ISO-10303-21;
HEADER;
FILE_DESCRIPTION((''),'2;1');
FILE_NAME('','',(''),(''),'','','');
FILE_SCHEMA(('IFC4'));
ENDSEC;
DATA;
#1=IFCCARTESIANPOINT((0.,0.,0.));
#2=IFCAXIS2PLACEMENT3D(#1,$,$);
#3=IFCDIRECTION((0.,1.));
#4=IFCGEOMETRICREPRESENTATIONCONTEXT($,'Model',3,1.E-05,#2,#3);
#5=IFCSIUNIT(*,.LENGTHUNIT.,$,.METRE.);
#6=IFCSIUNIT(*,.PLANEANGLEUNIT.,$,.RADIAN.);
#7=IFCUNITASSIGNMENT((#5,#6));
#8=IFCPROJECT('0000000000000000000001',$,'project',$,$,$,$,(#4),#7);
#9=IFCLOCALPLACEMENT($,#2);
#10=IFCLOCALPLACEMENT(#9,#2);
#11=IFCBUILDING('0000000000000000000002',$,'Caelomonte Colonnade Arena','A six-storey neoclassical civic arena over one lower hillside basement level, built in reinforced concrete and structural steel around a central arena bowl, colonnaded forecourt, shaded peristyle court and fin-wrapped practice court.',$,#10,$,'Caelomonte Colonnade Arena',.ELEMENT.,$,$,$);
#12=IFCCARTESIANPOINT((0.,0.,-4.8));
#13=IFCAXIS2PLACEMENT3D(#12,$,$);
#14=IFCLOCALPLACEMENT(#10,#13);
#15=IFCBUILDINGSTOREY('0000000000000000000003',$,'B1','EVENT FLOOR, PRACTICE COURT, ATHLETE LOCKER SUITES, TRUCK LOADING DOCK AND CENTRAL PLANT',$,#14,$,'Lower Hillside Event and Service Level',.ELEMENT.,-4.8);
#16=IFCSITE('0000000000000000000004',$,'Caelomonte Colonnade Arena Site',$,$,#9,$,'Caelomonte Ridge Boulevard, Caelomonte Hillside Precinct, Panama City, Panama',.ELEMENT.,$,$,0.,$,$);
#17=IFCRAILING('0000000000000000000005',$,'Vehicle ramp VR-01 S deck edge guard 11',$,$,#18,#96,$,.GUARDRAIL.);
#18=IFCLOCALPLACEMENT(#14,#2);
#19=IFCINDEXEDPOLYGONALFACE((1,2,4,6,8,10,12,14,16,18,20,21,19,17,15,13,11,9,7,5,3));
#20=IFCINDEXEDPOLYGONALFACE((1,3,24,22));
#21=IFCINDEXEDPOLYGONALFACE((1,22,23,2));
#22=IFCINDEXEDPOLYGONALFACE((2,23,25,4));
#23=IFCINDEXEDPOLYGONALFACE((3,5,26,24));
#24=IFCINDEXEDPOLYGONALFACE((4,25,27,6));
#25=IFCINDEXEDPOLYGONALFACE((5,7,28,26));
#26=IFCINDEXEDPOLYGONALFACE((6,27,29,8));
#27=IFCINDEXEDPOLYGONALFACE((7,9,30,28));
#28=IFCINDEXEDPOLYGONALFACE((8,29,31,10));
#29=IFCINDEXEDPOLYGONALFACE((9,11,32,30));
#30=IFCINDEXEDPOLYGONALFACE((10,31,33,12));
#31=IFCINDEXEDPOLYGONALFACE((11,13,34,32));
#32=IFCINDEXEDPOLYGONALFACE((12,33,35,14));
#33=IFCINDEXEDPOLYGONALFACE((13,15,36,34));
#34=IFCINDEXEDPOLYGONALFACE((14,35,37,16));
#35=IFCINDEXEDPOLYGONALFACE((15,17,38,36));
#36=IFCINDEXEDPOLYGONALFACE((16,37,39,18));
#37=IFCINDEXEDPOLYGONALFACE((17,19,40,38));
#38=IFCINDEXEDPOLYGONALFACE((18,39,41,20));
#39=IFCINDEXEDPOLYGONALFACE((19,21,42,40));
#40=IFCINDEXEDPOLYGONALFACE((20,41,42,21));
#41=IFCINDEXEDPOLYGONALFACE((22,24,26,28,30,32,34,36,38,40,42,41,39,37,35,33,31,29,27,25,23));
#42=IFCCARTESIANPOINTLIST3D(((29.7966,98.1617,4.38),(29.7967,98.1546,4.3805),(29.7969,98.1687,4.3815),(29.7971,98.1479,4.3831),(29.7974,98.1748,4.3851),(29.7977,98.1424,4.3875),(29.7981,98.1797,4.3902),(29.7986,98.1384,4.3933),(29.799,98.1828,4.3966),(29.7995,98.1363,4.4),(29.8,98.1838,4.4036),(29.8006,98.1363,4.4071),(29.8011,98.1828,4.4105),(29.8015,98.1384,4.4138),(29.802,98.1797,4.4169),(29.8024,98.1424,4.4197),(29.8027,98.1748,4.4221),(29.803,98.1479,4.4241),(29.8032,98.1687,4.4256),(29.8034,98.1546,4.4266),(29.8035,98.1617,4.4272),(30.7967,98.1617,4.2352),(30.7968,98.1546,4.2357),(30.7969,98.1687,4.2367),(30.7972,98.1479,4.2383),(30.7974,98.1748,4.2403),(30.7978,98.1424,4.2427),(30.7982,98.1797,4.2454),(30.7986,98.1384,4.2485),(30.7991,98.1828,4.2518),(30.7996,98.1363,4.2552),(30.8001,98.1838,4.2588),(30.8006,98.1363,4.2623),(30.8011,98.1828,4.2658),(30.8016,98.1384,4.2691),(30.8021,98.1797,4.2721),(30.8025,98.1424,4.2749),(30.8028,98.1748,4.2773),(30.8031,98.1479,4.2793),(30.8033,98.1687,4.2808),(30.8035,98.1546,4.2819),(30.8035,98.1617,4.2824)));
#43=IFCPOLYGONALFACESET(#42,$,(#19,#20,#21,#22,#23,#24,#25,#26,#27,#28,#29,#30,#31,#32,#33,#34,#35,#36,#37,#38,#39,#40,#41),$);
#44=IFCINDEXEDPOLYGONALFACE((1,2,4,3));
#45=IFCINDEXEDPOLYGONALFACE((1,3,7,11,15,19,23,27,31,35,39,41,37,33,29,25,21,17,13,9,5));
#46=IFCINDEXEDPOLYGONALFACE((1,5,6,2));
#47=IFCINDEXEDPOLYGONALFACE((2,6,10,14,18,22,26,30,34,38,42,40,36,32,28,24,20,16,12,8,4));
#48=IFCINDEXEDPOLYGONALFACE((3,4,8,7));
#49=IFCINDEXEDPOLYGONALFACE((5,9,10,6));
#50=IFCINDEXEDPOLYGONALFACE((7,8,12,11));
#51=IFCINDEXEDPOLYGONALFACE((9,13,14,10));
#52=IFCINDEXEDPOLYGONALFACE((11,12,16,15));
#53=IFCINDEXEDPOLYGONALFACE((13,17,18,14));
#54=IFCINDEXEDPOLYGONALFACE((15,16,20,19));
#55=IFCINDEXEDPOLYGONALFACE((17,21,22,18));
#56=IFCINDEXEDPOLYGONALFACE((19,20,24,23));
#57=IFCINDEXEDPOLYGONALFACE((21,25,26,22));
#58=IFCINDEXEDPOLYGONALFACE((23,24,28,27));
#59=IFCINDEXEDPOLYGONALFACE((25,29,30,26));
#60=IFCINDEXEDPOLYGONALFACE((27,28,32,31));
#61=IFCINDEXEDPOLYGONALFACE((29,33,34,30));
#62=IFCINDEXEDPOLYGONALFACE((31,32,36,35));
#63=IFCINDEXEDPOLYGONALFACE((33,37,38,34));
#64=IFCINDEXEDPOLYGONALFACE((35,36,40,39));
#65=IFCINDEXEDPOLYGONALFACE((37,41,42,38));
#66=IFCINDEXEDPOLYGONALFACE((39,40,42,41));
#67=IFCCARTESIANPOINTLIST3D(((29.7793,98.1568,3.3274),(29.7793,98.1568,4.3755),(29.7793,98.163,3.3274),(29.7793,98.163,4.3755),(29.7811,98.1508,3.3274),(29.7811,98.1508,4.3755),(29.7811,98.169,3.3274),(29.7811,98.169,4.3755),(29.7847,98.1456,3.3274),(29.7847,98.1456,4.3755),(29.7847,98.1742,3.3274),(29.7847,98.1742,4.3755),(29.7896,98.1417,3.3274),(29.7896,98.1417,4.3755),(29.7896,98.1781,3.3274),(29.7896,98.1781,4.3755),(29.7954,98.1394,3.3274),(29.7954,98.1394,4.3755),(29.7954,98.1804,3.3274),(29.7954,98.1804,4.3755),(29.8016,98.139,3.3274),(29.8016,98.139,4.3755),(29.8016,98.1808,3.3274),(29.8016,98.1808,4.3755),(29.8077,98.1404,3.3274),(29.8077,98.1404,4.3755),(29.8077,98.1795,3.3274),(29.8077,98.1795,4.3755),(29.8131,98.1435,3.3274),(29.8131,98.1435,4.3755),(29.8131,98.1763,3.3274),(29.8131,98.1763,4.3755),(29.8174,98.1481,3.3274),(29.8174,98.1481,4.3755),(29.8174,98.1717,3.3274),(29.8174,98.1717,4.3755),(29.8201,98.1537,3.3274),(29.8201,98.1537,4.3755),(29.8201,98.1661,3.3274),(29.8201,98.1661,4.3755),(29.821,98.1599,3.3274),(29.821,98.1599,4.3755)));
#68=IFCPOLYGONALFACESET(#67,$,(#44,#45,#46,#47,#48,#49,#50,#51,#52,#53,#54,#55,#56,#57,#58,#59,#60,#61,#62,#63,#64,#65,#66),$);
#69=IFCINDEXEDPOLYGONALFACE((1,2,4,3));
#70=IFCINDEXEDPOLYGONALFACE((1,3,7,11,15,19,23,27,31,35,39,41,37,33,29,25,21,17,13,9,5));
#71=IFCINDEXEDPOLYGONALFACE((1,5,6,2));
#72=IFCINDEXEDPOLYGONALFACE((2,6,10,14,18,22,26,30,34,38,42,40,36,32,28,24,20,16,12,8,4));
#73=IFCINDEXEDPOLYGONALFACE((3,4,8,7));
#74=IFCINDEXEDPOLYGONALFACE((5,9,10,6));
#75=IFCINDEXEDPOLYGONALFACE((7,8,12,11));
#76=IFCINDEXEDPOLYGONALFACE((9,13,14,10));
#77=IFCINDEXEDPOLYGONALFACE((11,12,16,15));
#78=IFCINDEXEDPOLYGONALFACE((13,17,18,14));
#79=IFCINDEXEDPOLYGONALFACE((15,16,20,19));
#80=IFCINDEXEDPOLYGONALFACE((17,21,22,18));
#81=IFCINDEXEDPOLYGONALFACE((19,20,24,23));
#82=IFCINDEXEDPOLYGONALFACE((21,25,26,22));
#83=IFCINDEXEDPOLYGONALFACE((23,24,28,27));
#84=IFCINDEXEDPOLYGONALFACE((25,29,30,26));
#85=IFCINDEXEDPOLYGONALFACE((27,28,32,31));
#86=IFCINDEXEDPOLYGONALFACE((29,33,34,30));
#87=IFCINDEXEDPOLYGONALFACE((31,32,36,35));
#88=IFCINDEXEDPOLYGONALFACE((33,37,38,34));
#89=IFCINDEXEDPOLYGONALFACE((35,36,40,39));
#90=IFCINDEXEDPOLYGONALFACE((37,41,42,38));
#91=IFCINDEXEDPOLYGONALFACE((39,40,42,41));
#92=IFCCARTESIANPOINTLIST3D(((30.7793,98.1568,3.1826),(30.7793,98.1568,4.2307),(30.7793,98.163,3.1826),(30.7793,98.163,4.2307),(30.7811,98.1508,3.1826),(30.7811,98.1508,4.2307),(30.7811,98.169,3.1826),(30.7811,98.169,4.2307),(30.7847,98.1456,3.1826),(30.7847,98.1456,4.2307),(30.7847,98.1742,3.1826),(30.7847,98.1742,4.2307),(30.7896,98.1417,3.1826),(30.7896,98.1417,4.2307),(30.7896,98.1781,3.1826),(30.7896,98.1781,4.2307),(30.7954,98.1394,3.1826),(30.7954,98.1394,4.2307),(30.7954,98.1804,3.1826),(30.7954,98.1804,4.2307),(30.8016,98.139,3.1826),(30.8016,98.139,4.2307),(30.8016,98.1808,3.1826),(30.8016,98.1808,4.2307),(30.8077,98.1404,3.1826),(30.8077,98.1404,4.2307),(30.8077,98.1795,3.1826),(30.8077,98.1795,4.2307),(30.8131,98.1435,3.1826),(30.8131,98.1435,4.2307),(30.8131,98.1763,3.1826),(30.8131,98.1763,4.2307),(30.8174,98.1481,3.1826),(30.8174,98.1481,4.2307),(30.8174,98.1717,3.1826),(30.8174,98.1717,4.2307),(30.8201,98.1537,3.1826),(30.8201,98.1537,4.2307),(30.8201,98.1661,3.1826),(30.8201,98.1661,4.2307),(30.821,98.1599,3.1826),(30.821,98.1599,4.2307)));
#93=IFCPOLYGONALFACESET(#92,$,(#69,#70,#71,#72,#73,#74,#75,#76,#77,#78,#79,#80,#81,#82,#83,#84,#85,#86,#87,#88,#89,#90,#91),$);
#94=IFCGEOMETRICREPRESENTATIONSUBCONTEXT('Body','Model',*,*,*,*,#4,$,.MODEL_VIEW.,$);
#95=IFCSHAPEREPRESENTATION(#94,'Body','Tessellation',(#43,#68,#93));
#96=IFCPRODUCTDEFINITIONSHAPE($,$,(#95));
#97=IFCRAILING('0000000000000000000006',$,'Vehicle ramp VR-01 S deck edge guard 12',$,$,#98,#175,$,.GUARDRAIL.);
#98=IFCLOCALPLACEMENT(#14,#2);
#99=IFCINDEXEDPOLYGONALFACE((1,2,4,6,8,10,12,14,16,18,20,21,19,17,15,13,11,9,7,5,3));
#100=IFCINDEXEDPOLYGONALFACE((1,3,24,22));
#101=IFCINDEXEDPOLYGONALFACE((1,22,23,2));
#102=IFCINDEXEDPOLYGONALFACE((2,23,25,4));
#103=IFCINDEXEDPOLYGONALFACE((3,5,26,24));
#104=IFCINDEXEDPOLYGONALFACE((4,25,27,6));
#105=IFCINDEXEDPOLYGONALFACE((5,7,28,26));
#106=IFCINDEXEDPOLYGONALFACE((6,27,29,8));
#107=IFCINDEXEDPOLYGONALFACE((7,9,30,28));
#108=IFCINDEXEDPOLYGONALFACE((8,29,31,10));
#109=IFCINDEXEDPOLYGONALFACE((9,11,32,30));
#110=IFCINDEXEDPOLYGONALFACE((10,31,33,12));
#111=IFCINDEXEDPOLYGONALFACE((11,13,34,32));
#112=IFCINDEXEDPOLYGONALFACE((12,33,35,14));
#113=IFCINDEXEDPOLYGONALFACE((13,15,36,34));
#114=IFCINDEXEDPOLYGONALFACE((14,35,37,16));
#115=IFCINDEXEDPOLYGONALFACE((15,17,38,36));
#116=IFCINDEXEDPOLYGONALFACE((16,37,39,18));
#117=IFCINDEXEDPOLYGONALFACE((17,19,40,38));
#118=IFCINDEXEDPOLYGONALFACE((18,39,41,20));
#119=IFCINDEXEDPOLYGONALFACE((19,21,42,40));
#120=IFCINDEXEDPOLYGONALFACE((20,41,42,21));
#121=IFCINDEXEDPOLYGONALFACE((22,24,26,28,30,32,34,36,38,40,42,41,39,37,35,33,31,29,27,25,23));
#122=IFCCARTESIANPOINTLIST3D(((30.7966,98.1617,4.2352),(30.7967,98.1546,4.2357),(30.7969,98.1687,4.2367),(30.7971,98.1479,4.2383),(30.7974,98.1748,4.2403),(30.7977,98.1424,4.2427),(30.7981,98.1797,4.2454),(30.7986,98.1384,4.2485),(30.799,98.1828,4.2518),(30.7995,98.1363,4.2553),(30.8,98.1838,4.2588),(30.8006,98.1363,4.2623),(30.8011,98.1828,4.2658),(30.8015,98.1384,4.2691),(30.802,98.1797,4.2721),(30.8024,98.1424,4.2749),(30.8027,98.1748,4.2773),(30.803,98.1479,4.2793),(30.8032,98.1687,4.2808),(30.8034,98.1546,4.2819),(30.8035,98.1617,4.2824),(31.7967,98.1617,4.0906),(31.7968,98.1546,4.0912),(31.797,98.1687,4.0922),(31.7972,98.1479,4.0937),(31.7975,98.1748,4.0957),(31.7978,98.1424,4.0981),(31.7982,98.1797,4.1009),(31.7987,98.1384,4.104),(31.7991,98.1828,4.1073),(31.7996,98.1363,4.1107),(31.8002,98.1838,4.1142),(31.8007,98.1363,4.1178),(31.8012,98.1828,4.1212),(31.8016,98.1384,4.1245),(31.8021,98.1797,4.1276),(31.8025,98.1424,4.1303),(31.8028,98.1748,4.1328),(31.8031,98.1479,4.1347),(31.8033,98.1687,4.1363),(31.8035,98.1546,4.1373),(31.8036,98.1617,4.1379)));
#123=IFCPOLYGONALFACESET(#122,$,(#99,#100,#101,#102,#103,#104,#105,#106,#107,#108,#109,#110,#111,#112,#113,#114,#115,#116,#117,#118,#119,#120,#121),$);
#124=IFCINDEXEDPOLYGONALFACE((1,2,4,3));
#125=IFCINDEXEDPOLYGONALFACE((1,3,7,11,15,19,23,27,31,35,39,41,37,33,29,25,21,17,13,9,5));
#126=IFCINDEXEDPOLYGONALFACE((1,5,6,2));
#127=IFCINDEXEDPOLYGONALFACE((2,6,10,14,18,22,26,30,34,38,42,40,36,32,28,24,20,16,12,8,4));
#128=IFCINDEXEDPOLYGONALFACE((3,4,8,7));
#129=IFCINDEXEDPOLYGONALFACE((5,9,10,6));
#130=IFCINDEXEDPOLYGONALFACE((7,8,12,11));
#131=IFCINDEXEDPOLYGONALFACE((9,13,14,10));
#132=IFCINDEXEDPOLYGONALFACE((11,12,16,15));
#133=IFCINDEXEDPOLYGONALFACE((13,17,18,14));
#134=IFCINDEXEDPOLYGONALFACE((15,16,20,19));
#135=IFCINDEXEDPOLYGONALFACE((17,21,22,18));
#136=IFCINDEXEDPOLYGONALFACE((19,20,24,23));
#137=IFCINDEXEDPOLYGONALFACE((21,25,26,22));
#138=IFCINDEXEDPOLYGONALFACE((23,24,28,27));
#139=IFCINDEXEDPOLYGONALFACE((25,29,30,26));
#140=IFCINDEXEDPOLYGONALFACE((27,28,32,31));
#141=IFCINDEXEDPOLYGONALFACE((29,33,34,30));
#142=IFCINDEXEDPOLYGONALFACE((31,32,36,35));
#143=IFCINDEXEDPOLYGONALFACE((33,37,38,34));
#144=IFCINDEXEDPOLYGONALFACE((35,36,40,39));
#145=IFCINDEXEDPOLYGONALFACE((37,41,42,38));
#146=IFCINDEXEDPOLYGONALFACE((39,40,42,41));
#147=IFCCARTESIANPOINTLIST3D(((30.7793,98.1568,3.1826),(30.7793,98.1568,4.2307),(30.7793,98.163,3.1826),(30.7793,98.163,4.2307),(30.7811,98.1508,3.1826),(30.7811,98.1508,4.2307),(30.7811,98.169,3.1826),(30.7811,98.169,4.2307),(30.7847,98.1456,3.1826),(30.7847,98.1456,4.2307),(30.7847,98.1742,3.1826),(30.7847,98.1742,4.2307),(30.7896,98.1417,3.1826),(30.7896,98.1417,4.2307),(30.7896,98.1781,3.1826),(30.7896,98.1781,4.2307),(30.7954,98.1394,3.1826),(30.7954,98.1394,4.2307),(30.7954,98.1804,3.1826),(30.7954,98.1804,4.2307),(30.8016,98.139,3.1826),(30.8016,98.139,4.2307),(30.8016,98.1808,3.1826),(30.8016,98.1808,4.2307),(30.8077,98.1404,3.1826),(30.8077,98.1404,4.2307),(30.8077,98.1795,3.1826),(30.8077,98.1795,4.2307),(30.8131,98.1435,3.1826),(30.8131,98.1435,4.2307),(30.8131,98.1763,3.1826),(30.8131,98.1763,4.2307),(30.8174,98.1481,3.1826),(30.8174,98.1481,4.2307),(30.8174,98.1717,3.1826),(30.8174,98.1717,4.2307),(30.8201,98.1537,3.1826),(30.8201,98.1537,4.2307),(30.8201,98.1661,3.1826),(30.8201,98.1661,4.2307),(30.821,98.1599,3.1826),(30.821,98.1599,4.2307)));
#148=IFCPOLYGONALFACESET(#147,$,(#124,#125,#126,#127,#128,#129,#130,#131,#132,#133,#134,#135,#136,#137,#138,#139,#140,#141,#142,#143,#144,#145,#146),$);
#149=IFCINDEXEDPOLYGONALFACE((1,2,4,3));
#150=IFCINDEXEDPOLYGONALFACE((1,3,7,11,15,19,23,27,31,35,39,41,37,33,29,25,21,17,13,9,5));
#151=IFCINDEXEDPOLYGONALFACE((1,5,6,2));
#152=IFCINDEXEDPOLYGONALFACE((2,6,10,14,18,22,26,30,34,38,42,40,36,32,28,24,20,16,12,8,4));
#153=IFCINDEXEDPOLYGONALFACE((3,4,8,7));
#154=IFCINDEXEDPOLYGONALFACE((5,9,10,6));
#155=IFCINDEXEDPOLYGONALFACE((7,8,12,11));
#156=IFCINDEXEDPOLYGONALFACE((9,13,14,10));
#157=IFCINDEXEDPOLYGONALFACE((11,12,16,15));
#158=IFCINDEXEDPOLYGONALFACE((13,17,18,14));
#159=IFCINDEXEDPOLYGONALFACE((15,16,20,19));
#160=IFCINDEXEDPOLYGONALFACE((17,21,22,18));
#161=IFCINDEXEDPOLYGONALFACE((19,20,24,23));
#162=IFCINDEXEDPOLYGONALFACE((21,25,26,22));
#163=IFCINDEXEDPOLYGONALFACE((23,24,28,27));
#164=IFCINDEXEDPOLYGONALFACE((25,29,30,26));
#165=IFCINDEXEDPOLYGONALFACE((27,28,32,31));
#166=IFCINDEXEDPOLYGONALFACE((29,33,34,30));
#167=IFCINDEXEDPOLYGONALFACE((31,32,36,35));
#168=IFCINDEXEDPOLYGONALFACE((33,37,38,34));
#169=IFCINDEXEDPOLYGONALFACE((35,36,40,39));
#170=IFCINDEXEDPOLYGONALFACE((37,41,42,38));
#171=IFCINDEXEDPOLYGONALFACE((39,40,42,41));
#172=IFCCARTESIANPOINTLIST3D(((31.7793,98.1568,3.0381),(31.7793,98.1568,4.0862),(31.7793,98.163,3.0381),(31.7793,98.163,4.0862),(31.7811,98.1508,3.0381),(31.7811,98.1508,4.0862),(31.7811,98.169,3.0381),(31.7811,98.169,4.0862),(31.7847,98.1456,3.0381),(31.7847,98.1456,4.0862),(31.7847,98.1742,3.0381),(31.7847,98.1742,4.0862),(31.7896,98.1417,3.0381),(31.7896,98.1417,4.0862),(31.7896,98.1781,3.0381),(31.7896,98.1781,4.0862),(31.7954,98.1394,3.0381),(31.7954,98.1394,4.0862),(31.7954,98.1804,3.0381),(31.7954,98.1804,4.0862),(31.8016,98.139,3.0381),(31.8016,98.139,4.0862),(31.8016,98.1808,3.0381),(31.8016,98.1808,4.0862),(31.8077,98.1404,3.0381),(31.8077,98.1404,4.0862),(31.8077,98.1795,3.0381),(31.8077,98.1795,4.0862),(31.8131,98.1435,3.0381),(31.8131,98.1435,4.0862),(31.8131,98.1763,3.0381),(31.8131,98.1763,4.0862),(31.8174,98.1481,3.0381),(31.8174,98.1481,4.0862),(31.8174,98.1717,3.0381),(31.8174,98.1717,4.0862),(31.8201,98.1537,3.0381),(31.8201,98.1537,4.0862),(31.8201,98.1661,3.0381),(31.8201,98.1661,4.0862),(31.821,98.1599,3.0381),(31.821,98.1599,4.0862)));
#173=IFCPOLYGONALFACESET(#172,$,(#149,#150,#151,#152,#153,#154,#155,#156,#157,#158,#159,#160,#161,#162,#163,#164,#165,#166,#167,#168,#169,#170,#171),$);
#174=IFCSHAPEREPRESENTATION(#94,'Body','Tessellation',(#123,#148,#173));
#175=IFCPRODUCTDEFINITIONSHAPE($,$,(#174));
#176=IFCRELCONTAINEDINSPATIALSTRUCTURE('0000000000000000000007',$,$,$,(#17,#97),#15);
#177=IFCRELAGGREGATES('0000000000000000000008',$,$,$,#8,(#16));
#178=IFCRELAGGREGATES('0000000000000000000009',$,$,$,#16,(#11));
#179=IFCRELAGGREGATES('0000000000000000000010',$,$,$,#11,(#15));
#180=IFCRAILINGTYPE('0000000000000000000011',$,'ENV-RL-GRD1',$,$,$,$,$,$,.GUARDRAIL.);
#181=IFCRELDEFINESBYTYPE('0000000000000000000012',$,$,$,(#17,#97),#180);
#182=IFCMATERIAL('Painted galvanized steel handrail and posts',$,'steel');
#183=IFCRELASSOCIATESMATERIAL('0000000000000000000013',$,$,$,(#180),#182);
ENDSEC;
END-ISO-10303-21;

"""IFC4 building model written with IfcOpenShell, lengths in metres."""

from ifc_helpers import new_model, si_unit, direction, frame, origin, origin_2d, place, context, subcontext, project, spatial, circle, extrude, material, type_object, element, save


model = new_model("IFC4")

# Units and contexts
model_context = context("Model", 3, precision=1e-05, world=origin(), true_north=direction((0.0, 1.0)))
body_context = subcontext(model_context, "Body", "Model", "MODEL_VIEW")
ifc_project = project(units=[si_unit("LENGTHUNIT", "METRE"), si_unit("PLANEANGLEUNIT", "RADIAN")], contexts=[model_context])

# Site, building, storey
site_placement = place(None, origin())
site = spatial("IfcSite", under=ifc_project, at=site_placement, Name="Caelomonte Colonnade Arena Site", LongName="Caelomonte Ridge Boulevard, Caelomonte Hillside Precinct, Panama City, Panama", CompositionType="ELEMENT", RefElevation=0.0)
building_placement = place(site_placement, origin())
building = spatial("IfcBuilding", under=site, at=building_placement, Name="Caelomonte Colonnade Arena", Description="A six-storey neoclassical civic arena over one lower hillside basement level, built in reinforced concrete and structural steel around a central arena bowl, colonnaded forecourt, shaded peristyle court and fin-wrapped practice court.", LongName="Caelomonte Colonnade Arena", CompositionType="ELEMENT")
storey_placement = place(building_placement, frame((0.0, 0.0, -4.8)))
storey = spatial("IfcBuildingStorey", under=building, at=storey_placement, Name="B1", Description="EVENT FLOOR, PRACTICE COURT, ATHLETE LOCKER SUITES, TRUCK LOADING DOCK AND CENTRAL PLANT", LongName="Lower Hillside Event and Service Level", CompositionType="ELEMENT", Elevation=-4.8)

# Railings
ifc_material_1 = material(Name="Painted galvanized steel handrail and posts", Category="steel")
railing_type = type_object("IfcRailingType", Name="ENV-RL-GRD1", PredefinedType="GUARDRAIL", material=ifc_material_1)
for number, where, name in (
    (1, (29.8, 98.1599, 3.3274), "Vehicle ramp VR-01 S deck edge guard 11"),
):
    element("IfcRailing", number, at=place(storey_placement, frame(where)), inside=storey, type_object=railing_type, Name=name, PredefinedType="GUARDRAIL", context=body_context, shape_type="SweptSolid", body=[
        extrude(circle(Radius=0.0239, at=origin_2d()), frame((0.0, 0.0, 1.0762), z_axis=(0.989682, 0.0, -0.143282), x_axis=(0.0, 1.0, 0.0)), (0.0, 0.0, 1.0), 1.0105),
        extrude(circle(Radius=0.021, at=origin_2d()), origin(), (0.0, 0.0, 1.0), 1.0481),
        extrude(circle(Radius=0.021, at=origin_2d()), frame((1.0, 0.0, -0.1448)), (0.0, 0.0, 1.0), 1.0481),
    ])
for number, where, name in (
    (2, (30.8, 98.1599, 3.1826), "Vehicle ramp VR-01 S deck edge guard 12"),
):
    element("IfcRailing", number, at=place(storey_placement, frame(where)), inside=storey, type_object=railing_type, Name=name, PredefinedType="GUARDRAIL", context=body_context, shape_type="SweptSolid", body=[
        extrude(circle(Radius=0.0239, at=origin_2d()), frame((0.0, 0.0, 1.0762), z_axis=(0.989716, 0.0, -0.143045), x_axis=(0.0, 1.0, 0.0)), (0.0, 0.0, 1.0), 1.0105),
        extrude(circle(Radius=0.021, at=origin_2d()), origin(), (0.0, 0.0, 1.0), 1.0481),
        extrude(circle(Radius=0.021, at=origin_2d()), frame((1.0, 0.0, -0.1445)), (0.0, 0.0, 1.0), 1.0481),
    ])

save(model, "model.ifc")
